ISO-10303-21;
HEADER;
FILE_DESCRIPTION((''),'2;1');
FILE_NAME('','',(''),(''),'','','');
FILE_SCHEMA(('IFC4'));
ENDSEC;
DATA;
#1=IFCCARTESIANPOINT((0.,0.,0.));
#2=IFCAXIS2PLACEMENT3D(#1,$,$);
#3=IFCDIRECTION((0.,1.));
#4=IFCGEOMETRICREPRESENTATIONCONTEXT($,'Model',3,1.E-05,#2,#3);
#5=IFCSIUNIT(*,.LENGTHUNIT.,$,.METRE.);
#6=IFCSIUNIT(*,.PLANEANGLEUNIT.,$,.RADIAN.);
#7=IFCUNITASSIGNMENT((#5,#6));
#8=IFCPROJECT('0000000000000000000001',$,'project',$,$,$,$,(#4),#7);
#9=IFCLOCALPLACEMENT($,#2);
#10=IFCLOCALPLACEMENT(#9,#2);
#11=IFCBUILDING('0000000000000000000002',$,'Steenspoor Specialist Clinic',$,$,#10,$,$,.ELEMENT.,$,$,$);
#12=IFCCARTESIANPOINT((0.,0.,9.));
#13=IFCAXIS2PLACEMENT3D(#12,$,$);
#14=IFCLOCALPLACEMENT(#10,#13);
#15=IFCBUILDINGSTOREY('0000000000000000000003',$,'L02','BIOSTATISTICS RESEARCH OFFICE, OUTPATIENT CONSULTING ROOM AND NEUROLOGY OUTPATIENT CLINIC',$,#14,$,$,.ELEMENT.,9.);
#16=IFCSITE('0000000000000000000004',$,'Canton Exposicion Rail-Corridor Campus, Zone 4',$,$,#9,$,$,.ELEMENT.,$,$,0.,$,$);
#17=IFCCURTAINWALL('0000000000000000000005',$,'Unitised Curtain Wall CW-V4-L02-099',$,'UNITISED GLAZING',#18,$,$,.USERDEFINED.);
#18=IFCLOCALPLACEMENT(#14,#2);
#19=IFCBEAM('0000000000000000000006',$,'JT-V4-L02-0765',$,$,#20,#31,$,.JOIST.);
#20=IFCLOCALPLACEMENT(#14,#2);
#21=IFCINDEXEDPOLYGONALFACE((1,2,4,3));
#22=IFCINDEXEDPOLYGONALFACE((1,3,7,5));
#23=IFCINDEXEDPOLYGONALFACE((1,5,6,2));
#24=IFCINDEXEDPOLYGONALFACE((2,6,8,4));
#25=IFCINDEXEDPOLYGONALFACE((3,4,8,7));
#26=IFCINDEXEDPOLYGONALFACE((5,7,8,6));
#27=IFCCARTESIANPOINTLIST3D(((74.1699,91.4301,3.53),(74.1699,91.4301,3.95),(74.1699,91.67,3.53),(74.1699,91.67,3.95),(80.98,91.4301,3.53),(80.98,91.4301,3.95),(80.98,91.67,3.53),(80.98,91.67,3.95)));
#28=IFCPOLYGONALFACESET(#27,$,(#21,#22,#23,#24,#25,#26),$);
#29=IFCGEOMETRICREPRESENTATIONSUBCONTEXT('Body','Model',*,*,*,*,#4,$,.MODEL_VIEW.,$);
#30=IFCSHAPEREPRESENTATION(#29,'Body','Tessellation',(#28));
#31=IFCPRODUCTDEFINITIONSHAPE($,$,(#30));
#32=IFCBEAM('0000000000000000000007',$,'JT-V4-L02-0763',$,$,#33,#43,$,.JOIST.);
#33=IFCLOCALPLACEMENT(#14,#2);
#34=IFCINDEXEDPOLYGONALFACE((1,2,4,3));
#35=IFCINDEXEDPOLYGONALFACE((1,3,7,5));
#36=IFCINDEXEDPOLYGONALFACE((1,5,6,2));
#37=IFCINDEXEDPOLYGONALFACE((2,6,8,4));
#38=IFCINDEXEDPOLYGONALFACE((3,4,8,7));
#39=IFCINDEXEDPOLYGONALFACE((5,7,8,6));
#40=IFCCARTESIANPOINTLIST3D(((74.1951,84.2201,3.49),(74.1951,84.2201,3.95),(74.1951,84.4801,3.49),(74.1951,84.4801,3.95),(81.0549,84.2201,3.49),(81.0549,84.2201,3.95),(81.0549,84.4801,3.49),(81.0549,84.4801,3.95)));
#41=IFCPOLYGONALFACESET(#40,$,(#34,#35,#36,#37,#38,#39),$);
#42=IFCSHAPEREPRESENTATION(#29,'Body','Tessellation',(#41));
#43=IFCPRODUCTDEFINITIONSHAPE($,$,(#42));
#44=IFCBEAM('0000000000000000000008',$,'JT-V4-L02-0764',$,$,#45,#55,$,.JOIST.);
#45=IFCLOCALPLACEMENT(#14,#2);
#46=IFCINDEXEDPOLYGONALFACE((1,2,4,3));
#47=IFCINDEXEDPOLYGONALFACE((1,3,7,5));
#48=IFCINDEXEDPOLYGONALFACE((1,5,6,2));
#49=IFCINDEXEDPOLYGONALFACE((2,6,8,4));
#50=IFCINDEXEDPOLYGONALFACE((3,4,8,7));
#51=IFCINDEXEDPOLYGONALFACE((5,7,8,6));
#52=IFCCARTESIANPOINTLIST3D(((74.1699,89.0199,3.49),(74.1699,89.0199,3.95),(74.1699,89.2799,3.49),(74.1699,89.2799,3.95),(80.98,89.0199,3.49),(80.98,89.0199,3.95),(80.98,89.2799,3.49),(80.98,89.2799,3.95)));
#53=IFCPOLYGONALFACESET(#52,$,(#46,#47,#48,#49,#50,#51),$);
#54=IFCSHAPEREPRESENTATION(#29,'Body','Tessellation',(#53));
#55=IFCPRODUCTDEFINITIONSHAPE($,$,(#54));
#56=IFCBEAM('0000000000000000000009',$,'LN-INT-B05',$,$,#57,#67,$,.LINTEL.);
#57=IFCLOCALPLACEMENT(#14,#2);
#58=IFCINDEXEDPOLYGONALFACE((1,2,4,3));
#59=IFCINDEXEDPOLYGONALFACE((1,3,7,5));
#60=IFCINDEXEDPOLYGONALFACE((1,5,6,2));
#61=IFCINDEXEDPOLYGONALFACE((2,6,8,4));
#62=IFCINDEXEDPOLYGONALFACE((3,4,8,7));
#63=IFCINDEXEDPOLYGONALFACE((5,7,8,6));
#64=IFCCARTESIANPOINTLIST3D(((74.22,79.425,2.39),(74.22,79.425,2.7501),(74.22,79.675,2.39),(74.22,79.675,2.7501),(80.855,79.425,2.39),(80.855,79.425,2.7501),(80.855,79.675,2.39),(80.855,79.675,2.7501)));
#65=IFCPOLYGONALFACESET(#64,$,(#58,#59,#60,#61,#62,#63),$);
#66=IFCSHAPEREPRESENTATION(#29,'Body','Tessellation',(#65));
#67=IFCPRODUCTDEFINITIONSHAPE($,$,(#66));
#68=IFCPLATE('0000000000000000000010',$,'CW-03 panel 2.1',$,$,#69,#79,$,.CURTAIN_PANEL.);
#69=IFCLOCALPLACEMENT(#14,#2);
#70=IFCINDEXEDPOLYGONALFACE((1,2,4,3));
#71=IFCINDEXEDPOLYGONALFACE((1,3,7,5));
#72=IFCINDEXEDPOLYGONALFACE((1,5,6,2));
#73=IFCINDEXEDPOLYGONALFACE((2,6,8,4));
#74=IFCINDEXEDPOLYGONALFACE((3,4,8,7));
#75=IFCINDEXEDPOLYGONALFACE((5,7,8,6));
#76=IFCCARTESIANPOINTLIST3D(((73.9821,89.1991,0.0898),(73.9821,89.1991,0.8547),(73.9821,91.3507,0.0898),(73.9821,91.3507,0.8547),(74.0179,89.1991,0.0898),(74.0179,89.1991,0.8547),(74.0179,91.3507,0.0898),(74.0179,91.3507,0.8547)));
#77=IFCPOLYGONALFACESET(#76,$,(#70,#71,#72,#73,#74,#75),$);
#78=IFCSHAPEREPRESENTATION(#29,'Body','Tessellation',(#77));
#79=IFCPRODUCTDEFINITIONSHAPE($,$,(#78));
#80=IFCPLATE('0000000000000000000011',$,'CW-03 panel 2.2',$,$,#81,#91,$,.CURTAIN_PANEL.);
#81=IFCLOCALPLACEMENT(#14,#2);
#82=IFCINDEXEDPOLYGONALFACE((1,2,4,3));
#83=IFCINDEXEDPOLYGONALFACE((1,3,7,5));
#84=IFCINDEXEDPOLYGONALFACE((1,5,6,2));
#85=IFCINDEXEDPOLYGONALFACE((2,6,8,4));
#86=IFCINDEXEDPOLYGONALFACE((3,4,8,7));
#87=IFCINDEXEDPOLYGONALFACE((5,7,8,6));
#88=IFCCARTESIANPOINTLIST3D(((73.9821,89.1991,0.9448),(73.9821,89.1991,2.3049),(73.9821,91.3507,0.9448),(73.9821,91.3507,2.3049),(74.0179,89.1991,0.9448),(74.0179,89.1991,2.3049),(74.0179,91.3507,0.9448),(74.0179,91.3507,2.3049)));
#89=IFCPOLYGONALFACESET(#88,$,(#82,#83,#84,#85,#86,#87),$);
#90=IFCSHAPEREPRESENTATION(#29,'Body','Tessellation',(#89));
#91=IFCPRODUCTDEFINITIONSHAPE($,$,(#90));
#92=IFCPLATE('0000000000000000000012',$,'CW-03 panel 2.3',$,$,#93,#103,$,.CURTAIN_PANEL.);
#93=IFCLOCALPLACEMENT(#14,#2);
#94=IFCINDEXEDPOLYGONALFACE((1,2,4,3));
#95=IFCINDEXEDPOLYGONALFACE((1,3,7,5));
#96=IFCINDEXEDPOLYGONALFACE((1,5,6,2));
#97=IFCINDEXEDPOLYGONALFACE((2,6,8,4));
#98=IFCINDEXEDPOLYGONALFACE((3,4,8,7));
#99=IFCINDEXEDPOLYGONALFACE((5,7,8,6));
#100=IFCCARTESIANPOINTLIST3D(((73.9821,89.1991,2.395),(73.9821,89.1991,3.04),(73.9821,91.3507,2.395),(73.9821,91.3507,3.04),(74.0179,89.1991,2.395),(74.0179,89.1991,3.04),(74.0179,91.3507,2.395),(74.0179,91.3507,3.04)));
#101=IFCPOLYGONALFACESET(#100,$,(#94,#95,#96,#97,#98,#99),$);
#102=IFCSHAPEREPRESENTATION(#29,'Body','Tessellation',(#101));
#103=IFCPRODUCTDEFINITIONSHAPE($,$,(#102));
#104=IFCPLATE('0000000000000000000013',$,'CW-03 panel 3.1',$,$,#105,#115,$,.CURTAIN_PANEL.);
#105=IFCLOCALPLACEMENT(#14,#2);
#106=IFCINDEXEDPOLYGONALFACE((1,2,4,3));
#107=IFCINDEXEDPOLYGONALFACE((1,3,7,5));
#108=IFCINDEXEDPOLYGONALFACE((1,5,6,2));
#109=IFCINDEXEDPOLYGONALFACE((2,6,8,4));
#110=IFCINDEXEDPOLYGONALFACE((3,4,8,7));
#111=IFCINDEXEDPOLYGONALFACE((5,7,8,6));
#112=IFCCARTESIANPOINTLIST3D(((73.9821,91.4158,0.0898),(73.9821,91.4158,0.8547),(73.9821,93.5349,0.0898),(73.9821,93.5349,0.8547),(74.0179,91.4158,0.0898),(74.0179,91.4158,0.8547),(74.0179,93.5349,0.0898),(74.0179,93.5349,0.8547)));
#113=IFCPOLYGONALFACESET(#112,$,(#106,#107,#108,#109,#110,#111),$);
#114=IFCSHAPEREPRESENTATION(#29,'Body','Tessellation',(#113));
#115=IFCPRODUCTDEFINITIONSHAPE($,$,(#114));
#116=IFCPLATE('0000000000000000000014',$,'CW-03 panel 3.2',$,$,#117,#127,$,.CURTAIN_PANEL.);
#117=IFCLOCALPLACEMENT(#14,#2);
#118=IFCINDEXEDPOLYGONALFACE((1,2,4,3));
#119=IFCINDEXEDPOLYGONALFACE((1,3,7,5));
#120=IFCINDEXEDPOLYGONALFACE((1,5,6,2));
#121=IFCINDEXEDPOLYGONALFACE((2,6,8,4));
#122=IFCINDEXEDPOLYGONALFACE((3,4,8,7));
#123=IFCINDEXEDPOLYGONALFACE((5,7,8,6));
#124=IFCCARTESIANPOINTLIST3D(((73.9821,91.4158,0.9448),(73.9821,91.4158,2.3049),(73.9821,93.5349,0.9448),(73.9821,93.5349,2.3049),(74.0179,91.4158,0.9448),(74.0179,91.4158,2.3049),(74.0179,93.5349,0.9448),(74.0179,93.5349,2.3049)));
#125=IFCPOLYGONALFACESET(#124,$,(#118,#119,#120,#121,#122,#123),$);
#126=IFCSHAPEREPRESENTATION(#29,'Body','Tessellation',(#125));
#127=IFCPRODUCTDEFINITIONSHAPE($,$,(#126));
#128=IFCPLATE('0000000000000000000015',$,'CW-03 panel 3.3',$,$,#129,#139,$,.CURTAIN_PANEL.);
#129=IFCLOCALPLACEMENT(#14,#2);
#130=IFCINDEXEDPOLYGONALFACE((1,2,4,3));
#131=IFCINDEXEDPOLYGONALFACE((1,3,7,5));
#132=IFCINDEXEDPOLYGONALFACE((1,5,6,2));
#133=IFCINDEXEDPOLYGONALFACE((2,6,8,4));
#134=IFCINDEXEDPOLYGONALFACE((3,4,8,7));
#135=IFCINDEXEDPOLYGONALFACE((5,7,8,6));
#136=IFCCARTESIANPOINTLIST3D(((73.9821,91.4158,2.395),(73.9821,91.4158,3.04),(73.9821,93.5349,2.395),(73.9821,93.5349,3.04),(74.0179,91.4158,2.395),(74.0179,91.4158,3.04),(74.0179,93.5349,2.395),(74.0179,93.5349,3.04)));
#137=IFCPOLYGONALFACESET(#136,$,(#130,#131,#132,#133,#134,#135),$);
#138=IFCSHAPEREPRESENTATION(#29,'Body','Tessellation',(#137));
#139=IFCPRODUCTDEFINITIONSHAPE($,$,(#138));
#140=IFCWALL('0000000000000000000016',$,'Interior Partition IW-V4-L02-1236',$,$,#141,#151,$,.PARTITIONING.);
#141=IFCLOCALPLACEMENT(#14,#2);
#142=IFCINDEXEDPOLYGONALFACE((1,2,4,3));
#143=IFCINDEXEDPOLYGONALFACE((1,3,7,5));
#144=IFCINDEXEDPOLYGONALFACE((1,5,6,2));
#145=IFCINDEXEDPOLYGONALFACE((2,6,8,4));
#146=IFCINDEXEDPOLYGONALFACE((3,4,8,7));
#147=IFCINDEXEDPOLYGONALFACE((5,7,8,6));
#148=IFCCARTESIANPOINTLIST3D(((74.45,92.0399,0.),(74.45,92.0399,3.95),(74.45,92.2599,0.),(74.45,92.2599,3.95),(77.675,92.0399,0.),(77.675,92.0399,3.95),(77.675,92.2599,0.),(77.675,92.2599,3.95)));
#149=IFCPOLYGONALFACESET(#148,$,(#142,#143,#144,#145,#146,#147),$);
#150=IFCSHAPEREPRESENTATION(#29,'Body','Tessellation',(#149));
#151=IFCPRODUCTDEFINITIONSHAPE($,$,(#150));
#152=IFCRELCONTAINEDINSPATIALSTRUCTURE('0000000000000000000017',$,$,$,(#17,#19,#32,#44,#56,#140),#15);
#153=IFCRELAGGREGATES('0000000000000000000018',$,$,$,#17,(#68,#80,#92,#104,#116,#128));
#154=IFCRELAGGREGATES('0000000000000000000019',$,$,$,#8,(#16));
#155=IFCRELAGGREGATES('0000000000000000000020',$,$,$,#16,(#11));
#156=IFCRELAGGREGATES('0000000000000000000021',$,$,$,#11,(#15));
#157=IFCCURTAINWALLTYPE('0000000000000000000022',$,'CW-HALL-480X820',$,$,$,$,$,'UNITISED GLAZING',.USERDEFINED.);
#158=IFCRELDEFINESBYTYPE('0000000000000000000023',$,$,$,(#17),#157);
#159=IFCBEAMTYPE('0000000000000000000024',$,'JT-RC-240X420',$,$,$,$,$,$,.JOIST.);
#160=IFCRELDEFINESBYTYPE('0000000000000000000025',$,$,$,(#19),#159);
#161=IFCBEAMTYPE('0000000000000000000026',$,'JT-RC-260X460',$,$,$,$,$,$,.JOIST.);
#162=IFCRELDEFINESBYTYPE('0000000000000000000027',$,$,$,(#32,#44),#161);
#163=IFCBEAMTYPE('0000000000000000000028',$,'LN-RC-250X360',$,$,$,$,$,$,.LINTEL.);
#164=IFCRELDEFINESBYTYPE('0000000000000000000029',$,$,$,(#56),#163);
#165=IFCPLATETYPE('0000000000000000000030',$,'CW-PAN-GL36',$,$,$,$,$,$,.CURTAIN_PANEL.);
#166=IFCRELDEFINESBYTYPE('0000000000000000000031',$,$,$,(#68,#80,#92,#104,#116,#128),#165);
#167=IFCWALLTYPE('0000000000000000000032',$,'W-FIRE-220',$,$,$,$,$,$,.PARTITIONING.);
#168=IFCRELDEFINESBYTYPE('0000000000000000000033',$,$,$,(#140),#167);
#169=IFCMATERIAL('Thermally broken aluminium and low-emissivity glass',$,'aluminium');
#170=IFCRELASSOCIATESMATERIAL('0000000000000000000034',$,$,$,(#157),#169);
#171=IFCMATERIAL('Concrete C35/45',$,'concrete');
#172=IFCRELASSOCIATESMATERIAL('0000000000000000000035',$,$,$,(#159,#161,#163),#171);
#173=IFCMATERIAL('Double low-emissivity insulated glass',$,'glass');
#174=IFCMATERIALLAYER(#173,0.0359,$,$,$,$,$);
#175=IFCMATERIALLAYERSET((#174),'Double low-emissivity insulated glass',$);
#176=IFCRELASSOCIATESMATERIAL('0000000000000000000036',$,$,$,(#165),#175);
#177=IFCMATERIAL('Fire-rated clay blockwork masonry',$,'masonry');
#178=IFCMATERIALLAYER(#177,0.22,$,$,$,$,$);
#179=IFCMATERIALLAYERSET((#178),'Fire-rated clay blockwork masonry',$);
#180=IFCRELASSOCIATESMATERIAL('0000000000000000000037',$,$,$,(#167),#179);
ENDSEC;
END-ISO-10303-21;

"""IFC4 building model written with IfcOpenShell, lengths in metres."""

from ifc_helpers import new_model, si_unit, direction, frame, frame_2d, origin, origin_2d, place, context, subcontext, project, spatial, rectangle, extrude, material, layer, layer_set, material_profile, profile_set, type_object, element, aggregate, save


model = new_model("IFC4")

# Units and contexts
model_context = context("Model", 3, precision=1e-05, world=origin(), true_north=direction((0.0, 1.0)))
body_context = subcontext(model_context, "Body", "Model", "MODEL_VIEW")
ifc_project = project(units=[si_unit("LENGTHUNIT", "METRE"), si_unit("PLANEANGLEUNIT", "RADIAN")], contexts=[model_context])

# Site, building, storey
site_placement = place(None, origin())
site = spatial("IfcSite", under=ifc_project, at=site_placement, Name="Canton Exposicion Rail-Corridor Campus, Zone 4", CompositionType="ELEMENT", RefElevation=0.0)
building_placement = place(site_placement, origin())
building = spatial("IfcBuilding", under=site, at=building_placement, Name="Steenspoor Specialist Clinic", CompositionType="ELEMENT")
storey_placement = place(building_placement, frame((0.0, 0.0, 9.0)))
storey = spatial("IfcBuildingStorey", under=building, at=storey_placement, Name="L02", Description="BIOSTATISTICS RESEARCH OFFICE, OUTPATIENT CONSULTING ROOM AND NEUROLOGY OUTPATIENT CLINIC", CompositionType="ELEMENT", Elevation=9.0)

# Shared definitions
ifc_material_1 = material(Name="Concrete C35/45", Category="concrete")

# Curtain wall
ifc_material_2 = material(Name="Thermally broken aluminium and low-emissivity glass", Category="aluminium")
curtain_wall_type = type_object("IfcCurtainWallType", Name="CW-HALL-480X820", ElementType="UNITISED GLAZING", PredefinedType="USERDEFINED", material=ifc_material_2)
curtain_wall_placement = place(storey_placement, origin())
curtain_wall = element("IfcCurtainWall", 1, at=curtain_wall_placement, inside=storey, type_object=curtain_wall_type, Name="Unitised Curtain Wall CW-V4-L02-099", ObjectType="UNITISED GLAZING", PredefinedType="USERDEFINED")

# Beams
ifc_material_profile_1 = material_profile(ifc_material_1, rectangle(XDim=0.24, YDim=0.4199, at=origin_2d()), Name="RC-JT-240X420")
ifc_profile_set_1 = profile_set([ifc_material_profile_1], Name="Concrete C35/45")
beam_type_1 = type_object("IfcBeamType", Name="JT-RC-240X420", PredefinedType="JOIST", material=ifc_profile_set_1)
beam_1_placement = place(storey_placement, frame((74.1699, 91.55, 3.74), z_axis=(1.0, 0.0, 0.0), x_axis=(0.0, 1.0, 0.0)))
element("IfcBeam", 2, at=beam_1_placement, inside=storey, type_object=beam_type_1, Name="JT-V4-L02-0765", PredefinedType="JOIST", context=body_context, shape_type="SweptSolid", body=[
    extrude(rectangle(XDim=0.24, YDim=0.4199, at=origin_2d()), origin(), (0.0, 0.0, 1.0), 6.8101),
])
ifc_material_profile_2 = material_profile(ifc_material_1, rectangle(XDim=0.26, YDim=0.46, at=origin_2d()), Name="RC-JT-260X460")
ifc_profile_set_2 = profile_set([ifc_material_profile_2], Name="Concrete C35/45")
beam_type_2 = type_object("IfcBeamType", Name="JT-RC-260X460", PredefinedType="JOIST", material=ifc_profile_set_2)
beam_2_placement = place(storey_placement, frame((74.1951, 84.3501, 3.72), z_axis=(1.0, 0.0, 0.0), x_axis=(0.0, 1.0, 0.0)))
element("IfcBeam", 3, at=beam_2_placement, inside=storey, type_object=beam_type_2, Name="JT-V4-L02-0763", PredefinedType="JOIST", context=body_context, shape_type="SweptSolid", body=[
    extrude(rectangle(XDim=0.26, YDim=0.46, at=origin_2d()), origin(), (0.0, 0.0, 1.0), 6.8599),
])
beam_3_placement = place(storey_placement, frame((74.1699, 89.1499, 3.72), z_axis=(1.0, 0.0, 0.0), x_axis=(0.0, 1.0, 0.0)))
element("IfcBeam", 4, at=beam_3_placement, inside=storey, type_object=beam_type_2, Name="JT-V4-L02-0764", PredefinedType="JOIST", context=body_context, shape_type="SweptSolid", body=[
    extrude(rectangle(XDim=0.26, YDim=0.46, at=origin_2d()), origin(), (0.0, 0.0, 1.0), 6.8101),
])
ifc_material_profile_3 = material_profile(ifc_material_1, rectangle(XDim=0.25, YDim=0.3601, at=origin_2d()), Name="RC-LN-250X360")
ifc_profile_set_3 = profile_set([ifc_material_profile_3], Name="Concrete C35/45")
beam_type_3 = type_object("IfcBeamType", Name="LN-RC-250X360", PredefinedType="LINTEL", material=ifc_profile_set_3)
beam_4_placement = place(storey_placement, frame((74.22, 79.55, 2.5701), z_axis=(1.0, 0.0, 0.0), x_axis=(0.0, 1.0, 0.0)))
element("IfcBeam", 5, at=beam_4_placement, inside=storey, type_object=beam_type_3, Name="LN-INT-B05", PredefinedType="LINTEL", context=body_context, shape_type="SweptSolid", body=[
    extrude(rectangle(XDim=0.25, YDim=0.3601, at=origin_2d()), origin(), (0.0, 0.0, 1.0), 6.635),
])

# Plates
ifc_material_3 = material(Name="Double low-emissivity insulated glass", Category="glass")
ifc_layer_1 = layer(ifc_material_3, 0.0359)
ifc_layer_set_1 = layer_set([ifc_layer_1], Name="Double low-emissivity insulated glass")
plate_type = type_object("IfcPlateType", Name="CW-PAN-GL36", PredefinedType="CURTAIN_PANEL", material=ifc_layer_set_1)
plate_1_placement = place(storey_placement, frame((74.0, 90.2749, 0.0898), z_axis=(0.0, 0.0, 1.0), x_axis=(0.0, 1.0, 0.0)))
plate_1 = element("IfcPlate", 6, at=plate_1_placement, type_object=plate_type, Name="CW-03 panel 2.1", PredefinedType="CURTAIN_PANEL", context=body_context, shape_type="SweptSolid", body=[
    extrude(rectangle(XDim=2.1516, YDim=0.0359, at=origin_2d()), origin(), (0.0, 0.0, 1.0), 0.7649),
])
plate_2_placement = place(storey_placement, frame((74.0, 90.2749, 0.9448), z_axis=(0.0, 0.0, 1.0), x_axis=(0.0, 1.0, 0.0)))
plate_2 = element("IfcPlate", 7, at=plate_2_placement, type_object=plate_type, Name="CW-03 panel 2.2", PredefinedType="CURTAIN_PANEL", context=body_context, shape_type="SweptSolid", body=[
    extrude(rectangle(XDim=2.1516, YDim=0.0359, at=origin_2d()), origin(), (0.0, 0.0, 1.0), 1.3601),
])
plate_3_placement = place(storey_placement, frame((74.0, 90.2749, 2.395), z_axis=(0.0, 0.0, 1.0), x_axis=(0.0, 1.0, 0.0)))
plate_3 = element("IfcPlate", 8, at=plate_3_placement, type_object=plate_type, Name="CW-03 panel 2.3", PredefinedType="CURTAIN_PANEL", context=body_context, shape_type="SweptSolid", body=[
    extrude(rectangle(XDim=2.1516, YDim=0.0359, at=origin_2d()), origin(), (0.0, 0.0, 1.0), 0.645),
])
plate_4_placement = place(storey_placement, frame((74.0, 92.4753, 0.0898), z_axis=(0.0, 0.0, 1.0), x_axis=(0.0, 1.0, 0.0)))
plate_4 = element("IfcPlate", 9, at=plate_4_placement, type_object=plate_type, Name="CW-03 panel 3.1", PredefinedType="CURTAIN_PANEL", context=body_context, shape_type="SweptSolid", body=[
    extrude(rectangle(XDim=2.1191, YDim=0.0359, at=origin_2d()), origin(), (0.0, 0.0, 1.0), 0.7649),
])
plate_5_placement = place(storey_placement, frame((74.0, 92.4753, 0.9448), z_axis=(0.0, 0.0, 1.0), x_axis=(0.0, 1.0, 0.0)))
plate_5 = element("IfcPlate", 10, at=plate_5_placement, type_object=plate_type, Name="CW-03 panel 3.2", PredefinedType="CURTAIN_PANEL", context=body_context, shape_type="SweptSolid", body=[
    extrude(rectangle(XDim=2.1191, YDim=0.0359, at=origin_2d()), origin(), (0.0, 0.0, 1.0), 1.3601),
])
plate_6_placement = place(storey_placement, frame((74.0, 92.4753, 2.395), z_axis=(0.0, 0.0, 1.0), x_axis=(0.0, 1.0, 0.0)))
plate_6 = element("IfcPlate", 11, at=plate_6_placement, type_object=plate_type, Name="CW-03 panel 3.3", PredefinedType="CURTAIN_PANEL", context=body_context, shape_type="SweptSolid", body=[
    extrude(rectangle(XDim=2.1191, YDim=0.0359, at=origin_2d()), origin(), (0.0, 0.0, 1.0), 0.645),
])
aggregate(curtain_wall, [plate_1, plate_2, plate_3, plate_4, plate_5, plate_6])

# Wall
ifc_material_4 = material(Name="Fire-rated clay blockwork masonry", Category="masonry")
ifc_layer_2 = layer(ifc_material_4, 0.22)
ifc_layer_set_2 = layer_set([ifc_layer_2], Name="Fire-rated clay blockwork masonry")
wall_type = type_object("IfcWallType", Name="W-FIRE-220", PredefinedType="PARTITIONING", material=ifc_layer_set_2)
wall_placement = place(storey_placement, frame((74.45, 92.1499, 0.0), z_axis=(0.0, 0.0, 1.0), x_axis=(1.0, 0.0, 0.0)))
element("IfcWall", 12, at=wall_placement, inside=storey, type_object=wall_type, Name="Interior Partition IW-V4-L02-1236", PredefinedType="PARTITIONING", context=body_context, shape_type="SweptSolid", body=[
    extrude(rectangle(XDim=3.2251, YDim=0.22, at=frame_2d((1.6125, 0.0))), origin(), (0.0, 0.0, 1.0), 3.95),
])

save(model, "model.ifc")
